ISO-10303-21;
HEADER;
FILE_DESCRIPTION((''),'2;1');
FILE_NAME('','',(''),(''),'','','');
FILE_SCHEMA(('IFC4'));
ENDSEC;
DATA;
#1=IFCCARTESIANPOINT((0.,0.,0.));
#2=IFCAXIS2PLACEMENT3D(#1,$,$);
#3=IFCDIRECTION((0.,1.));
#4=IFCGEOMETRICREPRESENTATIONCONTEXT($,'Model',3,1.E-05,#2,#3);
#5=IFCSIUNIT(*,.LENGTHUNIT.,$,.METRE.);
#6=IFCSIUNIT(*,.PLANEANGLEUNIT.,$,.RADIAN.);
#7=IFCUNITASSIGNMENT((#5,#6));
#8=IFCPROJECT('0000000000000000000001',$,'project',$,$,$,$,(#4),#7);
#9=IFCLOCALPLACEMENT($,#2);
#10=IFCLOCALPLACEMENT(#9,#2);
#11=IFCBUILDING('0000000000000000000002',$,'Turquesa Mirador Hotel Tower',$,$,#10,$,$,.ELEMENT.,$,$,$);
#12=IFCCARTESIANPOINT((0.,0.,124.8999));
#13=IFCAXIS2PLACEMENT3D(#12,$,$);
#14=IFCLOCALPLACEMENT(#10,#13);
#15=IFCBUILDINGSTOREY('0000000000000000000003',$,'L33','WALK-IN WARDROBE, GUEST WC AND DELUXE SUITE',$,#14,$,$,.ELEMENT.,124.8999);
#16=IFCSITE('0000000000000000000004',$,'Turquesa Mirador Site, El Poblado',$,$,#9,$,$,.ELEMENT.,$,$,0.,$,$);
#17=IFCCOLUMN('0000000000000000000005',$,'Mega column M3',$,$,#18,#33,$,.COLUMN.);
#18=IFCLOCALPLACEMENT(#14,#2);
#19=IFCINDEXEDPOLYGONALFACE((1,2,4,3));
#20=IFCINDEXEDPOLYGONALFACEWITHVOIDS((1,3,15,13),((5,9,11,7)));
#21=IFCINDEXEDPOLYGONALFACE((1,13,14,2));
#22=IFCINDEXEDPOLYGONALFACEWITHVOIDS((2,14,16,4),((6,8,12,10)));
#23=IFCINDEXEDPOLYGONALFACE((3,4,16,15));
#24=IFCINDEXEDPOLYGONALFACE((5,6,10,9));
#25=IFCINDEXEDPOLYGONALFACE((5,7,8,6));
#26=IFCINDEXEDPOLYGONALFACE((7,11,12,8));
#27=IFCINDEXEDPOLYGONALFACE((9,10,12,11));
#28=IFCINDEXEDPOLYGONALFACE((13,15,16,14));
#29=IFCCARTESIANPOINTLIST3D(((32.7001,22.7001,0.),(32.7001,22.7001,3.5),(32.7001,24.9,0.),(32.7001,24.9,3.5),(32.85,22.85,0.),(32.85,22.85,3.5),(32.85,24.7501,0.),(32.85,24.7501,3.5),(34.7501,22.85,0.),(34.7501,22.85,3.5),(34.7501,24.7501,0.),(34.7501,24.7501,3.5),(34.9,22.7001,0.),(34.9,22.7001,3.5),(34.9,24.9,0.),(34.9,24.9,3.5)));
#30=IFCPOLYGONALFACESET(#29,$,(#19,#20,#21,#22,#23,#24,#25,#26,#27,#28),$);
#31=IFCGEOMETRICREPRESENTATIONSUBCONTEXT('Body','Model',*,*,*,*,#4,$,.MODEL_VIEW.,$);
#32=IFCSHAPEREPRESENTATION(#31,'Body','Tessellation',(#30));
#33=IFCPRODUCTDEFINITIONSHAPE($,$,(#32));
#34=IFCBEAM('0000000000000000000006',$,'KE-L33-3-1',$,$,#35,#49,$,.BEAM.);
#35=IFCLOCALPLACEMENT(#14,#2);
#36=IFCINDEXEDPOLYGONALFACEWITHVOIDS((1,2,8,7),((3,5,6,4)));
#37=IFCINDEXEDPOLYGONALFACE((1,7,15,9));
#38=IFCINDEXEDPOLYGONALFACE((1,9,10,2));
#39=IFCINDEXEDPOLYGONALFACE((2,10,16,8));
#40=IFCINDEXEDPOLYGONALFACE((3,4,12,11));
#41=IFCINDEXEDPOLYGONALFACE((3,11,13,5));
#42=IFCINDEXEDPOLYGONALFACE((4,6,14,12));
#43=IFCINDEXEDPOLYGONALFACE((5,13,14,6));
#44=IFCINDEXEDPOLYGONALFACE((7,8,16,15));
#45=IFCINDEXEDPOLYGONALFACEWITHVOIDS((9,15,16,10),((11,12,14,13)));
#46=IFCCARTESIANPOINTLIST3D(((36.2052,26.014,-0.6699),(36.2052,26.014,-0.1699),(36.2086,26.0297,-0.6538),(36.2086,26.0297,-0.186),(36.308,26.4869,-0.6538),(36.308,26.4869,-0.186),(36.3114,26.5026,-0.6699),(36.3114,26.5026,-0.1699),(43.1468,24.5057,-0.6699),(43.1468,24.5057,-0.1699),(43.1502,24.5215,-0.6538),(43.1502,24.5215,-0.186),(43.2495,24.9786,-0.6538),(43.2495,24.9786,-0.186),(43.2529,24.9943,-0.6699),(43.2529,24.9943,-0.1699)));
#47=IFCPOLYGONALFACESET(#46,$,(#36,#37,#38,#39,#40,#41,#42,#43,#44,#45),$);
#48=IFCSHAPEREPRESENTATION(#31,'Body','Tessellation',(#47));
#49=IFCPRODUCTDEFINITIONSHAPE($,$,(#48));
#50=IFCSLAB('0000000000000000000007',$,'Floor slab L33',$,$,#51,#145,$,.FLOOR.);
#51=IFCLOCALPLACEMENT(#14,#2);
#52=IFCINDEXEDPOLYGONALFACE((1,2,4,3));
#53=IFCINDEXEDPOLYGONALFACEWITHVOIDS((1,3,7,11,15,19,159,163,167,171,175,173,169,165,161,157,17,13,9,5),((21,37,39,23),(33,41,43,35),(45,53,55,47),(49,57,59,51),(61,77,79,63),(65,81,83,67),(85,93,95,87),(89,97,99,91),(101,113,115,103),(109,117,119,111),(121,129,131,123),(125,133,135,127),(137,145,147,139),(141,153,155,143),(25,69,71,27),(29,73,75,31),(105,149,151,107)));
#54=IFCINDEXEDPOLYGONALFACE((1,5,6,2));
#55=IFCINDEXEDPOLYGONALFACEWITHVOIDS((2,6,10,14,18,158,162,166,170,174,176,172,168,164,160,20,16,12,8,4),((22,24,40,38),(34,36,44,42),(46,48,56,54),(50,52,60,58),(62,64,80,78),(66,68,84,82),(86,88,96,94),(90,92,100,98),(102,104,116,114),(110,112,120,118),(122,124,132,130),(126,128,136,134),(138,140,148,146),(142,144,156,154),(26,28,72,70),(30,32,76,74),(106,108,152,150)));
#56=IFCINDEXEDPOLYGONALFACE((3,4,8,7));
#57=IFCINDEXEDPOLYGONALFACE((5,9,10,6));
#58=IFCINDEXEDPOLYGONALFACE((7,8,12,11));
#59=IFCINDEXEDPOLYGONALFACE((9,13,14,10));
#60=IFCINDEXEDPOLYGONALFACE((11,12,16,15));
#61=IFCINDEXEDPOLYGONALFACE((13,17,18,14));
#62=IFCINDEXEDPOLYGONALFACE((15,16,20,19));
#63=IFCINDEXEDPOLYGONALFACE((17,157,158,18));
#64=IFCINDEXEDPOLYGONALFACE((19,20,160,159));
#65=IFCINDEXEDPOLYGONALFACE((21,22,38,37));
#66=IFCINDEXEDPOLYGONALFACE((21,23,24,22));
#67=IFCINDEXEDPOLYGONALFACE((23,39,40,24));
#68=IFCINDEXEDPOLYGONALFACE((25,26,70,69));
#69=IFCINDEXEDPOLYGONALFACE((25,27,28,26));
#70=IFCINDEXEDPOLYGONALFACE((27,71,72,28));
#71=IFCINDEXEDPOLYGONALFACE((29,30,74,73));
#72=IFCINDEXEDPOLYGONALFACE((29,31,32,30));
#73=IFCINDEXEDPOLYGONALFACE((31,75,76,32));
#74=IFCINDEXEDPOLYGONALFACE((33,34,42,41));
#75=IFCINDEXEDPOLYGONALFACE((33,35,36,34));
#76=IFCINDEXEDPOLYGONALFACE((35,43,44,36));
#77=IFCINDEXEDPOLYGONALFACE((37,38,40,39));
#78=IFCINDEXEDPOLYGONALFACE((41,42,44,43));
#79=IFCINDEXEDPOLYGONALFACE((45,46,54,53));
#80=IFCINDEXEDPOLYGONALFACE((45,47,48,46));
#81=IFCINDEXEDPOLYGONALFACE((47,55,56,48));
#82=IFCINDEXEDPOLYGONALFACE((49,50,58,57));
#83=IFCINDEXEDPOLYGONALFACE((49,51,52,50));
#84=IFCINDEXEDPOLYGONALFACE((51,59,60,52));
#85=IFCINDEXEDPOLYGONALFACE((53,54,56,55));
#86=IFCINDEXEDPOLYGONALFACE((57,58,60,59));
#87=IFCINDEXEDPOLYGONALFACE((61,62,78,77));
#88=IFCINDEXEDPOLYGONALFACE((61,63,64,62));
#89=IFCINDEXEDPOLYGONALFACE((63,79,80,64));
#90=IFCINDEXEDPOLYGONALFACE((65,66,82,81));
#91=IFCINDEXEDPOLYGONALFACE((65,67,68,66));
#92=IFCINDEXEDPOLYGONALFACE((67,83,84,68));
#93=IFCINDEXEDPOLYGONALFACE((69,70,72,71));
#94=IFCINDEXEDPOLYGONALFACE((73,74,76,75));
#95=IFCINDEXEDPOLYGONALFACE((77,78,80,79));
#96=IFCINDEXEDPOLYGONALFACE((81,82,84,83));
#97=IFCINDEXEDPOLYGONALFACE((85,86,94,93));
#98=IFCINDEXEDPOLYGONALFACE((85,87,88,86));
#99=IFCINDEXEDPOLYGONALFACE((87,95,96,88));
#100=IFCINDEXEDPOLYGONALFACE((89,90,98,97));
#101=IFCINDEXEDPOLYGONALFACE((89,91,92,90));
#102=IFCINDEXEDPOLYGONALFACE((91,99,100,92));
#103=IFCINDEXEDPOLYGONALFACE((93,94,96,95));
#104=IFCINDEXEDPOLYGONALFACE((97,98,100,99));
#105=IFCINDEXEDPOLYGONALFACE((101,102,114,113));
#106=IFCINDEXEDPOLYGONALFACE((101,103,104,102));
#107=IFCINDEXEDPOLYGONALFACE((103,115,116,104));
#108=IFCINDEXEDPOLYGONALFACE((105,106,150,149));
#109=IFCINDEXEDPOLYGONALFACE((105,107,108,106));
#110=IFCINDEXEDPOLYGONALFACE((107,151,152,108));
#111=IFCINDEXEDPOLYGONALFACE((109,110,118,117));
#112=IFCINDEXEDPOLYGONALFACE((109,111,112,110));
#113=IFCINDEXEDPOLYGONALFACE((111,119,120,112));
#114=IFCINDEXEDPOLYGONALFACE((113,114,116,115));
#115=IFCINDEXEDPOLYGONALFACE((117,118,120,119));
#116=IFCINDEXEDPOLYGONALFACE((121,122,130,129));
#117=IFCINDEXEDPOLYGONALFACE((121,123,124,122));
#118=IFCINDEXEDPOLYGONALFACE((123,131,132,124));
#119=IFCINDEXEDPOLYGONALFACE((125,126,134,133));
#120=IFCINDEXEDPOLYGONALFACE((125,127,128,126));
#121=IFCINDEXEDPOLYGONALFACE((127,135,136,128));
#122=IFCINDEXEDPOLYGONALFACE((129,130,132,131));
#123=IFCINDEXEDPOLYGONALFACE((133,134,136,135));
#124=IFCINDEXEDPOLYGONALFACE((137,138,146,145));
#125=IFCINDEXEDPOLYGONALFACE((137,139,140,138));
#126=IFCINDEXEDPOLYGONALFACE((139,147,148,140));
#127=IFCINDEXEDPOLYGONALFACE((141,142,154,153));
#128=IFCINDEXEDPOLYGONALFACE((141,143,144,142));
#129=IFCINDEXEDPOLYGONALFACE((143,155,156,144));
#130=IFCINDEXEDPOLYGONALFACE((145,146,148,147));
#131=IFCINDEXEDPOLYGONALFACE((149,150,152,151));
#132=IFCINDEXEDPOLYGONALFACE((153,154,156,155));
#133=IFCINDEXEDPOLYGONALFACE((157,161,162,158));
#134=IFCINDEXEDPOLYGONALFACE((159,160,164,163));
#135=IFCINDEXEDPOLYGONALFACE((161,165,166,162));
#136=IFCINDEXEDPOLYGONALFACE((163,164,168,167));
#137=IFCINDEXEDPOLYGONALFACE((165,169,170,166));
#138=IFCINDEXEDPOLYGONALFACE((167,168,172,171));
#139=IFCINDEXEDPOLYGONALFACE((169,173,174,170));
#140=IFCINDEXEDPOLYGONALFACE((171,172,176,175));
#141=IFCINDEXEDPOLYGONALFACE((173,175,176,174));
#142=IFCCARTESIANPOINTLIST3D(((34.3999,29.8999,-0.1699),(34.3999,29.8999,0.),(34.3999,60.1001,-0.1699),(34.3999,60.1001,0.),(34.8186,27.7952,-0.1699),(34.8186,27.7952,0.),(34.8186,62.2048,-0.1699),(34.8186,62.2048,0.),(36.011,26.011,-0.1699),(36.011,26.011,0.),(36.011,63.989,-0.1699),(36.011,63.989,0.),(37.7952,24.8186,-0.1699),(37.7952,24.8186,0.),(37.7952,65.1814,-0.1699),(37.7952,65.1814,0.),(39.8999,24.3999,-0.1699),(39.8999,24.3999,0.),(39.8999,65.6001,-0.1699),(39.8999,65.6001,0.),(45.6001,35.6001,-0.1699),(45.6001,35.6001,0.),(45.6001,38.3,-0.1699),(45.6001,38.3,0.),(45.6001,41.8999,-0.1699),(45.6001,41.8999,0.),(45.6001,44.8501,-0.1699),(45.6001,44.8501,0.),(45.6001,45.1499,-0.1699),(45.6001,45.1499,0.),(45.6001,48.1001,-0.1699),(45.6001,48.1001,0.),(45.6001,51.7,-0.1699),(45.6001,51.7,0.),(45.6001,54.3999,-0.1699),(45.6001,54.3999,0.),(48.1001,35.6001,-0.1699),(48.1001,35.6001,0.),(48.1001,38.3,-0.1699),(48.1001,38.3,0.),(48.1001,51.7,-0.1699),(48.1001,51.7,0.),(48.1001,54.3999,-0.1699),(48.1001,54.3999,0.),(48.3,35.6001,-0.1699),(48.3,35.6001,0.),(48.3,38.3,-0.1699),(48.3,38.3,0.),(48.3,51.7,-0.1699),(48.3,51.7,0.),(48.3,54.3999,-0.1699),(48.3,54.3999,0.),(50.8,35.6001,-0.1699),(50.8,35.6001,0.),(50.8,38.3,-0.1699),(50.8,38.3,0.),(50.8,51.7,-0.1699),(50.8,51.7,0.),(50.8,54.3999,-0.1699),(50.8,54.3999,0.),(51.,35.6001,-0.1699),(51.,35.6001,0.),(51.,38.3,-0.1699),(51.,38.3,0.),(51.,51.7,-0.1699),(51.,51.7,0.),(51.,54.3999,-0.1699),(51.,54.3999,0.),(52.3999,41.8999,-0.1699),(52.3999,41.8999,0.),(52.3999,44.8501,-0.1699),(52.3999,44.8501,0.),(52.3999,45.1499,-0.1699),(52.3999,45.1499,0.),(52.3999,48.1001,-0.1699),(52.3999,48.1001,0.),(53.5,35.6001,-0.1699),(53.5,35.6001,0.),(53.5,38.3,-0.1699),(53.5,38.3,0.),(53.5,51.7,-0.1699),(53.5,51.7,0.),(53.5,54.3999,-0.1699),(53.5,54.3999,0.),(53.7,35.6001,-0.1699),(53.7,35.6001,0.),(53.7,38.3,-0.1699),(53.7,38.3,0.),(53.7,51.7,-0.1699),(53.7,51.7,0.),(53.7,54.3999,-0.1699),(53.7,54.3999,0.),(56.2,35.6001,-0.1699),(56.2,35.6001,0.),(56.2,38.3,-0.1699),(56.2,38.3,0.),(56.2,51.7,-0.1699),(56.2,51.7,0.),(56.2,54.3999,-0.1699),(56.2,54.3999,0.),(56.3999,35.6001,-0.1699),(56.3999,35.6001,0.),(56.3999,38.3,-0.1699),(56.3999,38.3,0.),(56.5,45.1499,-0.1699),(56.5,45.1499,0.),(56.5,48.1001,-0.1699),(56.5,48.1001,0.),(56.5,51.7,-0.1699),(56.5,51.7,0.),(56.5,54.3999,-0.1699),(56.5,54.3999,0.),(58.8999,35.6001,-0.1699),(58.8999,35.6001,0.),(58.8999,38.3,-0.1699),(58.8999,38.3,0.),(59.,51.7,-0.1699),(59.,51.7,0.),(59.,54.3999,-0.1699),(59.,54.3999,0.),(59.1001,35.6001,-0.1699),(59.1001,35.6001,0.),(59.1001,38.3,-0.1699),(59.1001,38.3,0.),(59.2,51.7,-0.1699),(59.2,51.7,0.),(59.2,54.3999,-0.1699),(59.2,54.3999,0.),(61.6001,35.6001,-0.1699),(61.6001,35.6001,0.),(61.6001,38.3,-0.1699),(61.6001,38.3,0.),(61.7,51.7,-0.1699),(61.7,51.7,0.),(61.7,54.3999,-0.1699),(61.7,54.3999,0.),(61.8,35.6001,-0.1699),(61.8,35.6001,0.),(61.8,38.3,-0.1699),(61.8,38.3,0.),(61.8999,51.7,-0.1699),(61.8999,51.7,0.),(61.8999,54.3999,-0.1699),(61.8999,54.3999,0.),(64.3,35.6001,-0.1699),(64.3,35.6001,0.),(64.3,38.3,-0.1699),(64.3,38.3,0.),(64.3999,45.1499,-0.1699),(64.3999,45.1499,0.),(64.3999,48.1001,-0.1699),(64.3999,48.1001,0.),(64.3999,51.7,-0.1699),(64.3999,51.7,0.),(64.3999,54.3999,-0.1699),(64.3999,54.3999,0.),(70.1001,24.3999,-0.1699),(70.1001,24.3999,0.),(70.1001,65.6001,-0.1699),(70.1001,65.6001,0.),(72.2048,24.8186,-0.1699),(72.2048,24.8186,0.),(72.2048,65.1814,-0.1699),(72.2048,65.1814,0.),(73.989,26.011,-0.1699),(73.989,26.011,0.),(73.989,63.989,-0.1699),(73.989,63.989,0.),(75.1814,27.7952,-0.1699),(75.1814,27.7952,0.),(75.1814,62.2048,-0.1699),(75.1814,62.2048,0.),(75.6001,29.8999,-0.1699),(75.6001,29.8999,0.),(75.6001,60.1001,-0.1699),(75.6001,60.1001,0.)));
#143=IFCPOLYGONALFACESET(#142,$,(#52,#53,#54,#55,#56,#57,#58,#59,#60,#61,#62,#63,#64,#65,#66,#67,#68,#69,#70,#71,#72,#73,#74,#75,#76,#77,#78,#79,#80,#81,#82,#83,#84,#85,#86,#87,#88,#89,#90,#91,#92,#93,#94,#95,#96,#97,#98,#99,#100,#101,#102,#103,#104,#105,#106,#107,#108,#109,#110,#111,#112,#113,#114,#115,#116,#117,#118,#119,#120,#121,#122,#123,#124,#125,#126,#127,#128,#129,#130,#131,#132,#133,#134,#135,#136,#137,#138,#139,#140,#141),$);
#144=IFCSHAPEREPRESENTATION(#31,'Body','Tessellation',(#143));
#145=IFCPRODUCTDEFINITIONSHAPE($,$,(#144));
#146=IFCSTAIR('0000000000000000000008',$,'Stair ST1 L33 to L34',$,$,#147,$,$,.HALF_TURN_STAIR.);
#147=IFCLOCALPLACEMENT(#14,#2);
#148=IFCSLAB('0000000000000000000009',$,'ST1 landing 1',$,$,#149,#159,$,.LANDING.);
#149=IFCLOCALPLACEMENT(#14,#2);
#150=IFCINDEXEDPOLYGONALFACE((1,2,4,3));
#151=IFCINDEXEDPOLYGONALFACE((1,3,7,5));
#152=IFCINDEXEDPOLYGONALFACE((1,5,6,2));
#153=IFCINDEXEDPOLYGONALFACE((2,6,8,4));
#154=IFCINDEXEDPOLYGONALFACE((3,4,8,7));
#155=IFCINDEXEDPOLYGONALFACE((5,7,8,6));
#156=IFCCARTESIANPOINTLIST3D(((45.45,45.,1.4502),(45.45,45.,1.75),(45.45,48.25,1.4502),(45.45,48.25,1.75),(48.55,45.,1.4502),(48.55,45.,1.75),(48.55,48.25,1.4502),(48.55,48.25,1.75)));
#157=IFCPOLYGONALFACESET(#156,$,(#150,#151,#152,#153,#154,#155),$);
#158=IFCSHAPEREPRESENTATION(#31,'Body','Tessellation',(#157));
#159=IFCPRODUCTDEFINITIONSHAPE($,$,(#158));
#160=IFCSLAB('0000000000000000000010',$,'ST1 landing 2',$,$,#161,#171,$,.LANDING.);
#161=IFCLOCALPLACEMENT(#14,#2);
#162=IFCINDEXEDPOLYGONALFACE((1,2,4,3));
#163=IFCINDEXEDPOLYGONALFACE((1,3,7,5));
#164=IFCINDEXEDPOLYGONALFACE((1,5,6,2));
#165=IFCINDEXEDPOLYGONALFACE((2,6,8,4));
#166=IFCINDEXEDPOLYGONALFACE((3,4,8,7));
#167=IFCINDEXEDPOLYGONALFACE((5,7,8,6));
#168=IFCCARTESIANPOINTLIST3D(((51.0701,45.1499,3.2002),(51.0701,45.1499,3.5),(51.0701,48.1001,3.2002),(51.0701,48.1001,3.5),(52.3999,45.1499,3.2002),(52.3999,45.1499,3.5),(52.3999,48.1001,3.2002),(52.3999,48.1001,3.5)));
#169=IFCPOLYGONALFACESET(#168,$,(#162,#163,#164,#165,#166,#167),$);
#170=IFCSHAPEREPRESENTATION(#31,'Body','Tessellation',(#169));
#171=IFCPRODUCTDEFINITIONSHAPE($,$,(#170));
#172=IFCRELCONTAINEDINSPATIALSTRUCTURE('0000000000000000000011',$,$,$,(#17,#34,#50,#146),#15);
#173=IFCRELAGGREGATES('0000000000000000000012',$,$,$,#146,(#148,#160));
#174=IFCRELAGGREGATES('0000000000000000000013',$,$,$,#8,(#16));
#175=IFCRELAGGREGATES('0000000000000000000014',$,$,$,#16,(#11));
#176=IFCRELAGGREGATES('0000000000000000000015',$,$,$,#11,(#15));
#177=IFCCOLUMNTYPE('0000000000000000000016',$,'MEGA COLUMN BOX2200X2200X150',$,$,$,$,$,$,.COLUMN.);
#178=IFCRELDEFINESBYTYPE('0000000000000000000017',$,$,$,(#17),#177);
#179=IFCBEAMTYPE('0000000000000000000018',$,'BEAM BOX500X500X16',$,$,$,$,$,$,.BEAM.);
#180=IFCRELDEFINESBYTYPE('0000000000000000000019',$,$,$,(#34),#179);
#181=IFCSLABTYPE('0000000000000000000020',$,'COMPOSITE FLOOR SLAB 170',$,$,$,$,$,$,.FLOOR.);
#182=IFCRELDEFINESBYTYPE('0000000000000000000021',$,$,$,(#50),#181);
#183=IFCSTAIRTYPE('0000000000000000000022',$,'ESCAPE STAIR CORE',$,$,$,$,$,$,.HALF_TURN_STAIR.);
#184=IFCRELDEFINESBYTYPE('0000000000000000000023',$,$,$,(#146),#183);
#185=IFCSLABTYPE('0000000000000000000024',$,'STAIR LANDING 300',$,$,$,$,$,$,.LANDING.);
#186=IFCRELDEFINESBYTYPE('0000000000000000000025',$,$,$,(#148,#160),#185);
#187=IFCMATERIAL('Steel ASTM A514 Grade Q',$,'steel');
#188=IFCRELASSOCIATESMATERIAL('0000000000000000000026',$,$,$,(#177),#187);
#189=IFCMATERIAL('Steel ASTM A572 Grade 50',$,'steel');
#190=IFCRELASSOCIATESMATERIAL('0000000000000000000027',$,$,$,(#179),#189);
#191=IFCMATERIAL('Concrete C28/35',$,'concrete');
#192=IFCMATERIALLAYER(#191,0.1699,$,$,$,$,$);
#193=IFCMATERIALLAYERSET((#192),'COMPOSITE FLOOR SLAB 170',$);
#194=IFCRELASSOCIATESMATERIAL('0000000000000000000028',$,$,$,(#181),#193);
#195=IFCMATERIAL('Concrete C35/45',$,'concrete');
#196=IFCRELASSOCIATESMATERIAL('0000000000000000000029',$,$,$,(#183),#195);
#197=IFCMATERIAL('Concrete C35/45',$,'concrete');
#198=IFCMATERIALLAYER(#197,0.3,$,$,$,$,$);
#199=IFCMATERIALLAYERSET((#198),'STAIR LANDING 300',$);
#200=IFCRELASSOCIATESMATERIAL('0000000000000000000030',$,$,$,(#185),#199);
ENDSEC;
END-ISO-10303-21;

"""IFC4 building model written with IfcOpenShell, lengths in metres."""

from ifc_helpers import new_model, si_unit, direction, frame, origin, origin_2d, place, context, subcontext, project, spatial, polyline, hollow_rectangle, outline, extrude, material, layer, layer_set, material_profile, profile_set, type_object, element, aggregate, save


model = new_model("IFC4")

# Units and contexts
model_context = context("Model", 3, precision=1e-05, world=origin(), true_north=direction((0.0, 1.0)))
body_context = subcontext(model_context, "Body", "Model", "MODEL_VIEW")
ifc_project = project(units=[si_unit("LENGTHUNIT", "METRE"), si_unit("PLANEANGLEUNIT", "RADIAN")], contexts=[model_context])

# Site, building, storey
site_placement = place(None, origin())
site = spatial("IfcSite", under=ifc_project, at=site_placement, Name="Turquesa Mirador Site, El Poblado", CompositionType="ELEMENT", RefElevation=0.0)
building_placement = place(site_placement, origin())
building = spatial("IfcBuilding", under=site, at=building_placement, Name="Turquesa Mirador Hotel Tower", CompositionType="ELEMENT")
storey_placement = place(building_placement, frame((0.0, 0.0, 124.8999)))
storey = spatial("IfcBuildingStorey", under=building, at=storey_placement, Name="L33", Description="WALK-IN WARDROBE, GUEST WC AND DELUXE SUITE", CompositionType="ELEMENT", Elevation=124.8999)

# Column
ifc_material_1 = material(Name="Steel ASTM A514 Grade Q", Category="steel")
ifc_material_profile_1 = material_profile(ifc_material_1, hollow_rectangle(XDim=2.2, YDim=2.2, WallThickness=0.1499, at=origin_2d()), Name="BOX2200X2200X150")
ifc_profile_set_1 = profile_set([ifc_material_profile_1], Name="Steel ASTM A514 Grade Q")
column_type = type_object("IfcColumnType", Name="MEGA COLUMN BOX2200X2200X150", PredefinedType="COLUMN", material=ifc_profile_set_1)
column_placement = place(storey_placement, frame((33.8, 23.8, 0.0), z_axis=(0.0, 0.0, 1.0), x_axis=(1.0, 0.0, 0.0)))
element("IfcColumn", 1, at=column_placement, inside=storey, type_object=column_type, Name="Mega column M3", PredefinedType="COLUMN", context=body_context, shape_type="SweptSolid", body=[
    extrude(hollow_rectangle(XDim=2.2, YDim=2.2, WallThickness=0.1499, at=origin_2d()), origin(), (0.0, 0.0, 1.0), 3.5),
])

# Beam
ifc_material_2 = material(Name="Steel ASTM A572 Grade 50", Category="steel")
ifc_material_profile_2 = material_profile(ifc_material_2, hollow_rectangle(XDim=0.5, YDim=0.5, WallThickness=0.0161, at=origin_2d()), Name="BOX500X500X16")
ifc_profile_set_2 = profile_set([ifc_material_profile_2], Name="Steel ASTM A572 Grade 50")
beam_type = type_object("IfcBeamType", Name="BEAM BOX500X500X16", PredefinedType="BEAM", material=ifc_profile_set_2)
beam_placement = place(storey_placement, frame((36.2583, 26.2583, -0.4199), z_axis=(0.977198, -0.212328, 0.0), x_axis=(0.212328, 0.977198, 0.0)))
element("IfcBeam", 2, at=beam_placement, inside=storey, type_object=beam_type, Name="KE-L33-3-1", PredefinedType="BEAM", context=body_context, shape_type="SweptSolid", body=[
    extrude(hollow_rectangle(XDim=0.5, YDim=0.5, WallThickness=0.0161, at=origin_2d()), origin(), (0.0, 0.0, 1.0), 7.1035),
])

# Slab
ifc_material_3 = material(Name="Concrete C28/35", Category="concrete")
ifc_layer_1 = layer(ifc_material_3, 0.1699)
ifc_layer_set_1 = layer_set([ifc_layer_1], Name="COMPOSITE FLOOR SLAB 170")
slab_type_1 = type_object("IfcSlabType", Name="COMPOSITE FLOOR SLAB 170", PredefinedType="FLOOR", material=ifc_layer_set_1)
slab_1_placement = place(storey_placement, frame((0.0, 0.0, -0.1699)))
element("IfcSlab", 3, at=slab_1_placement, inside=storey, type_object=slab_type_1, Name="Floor slab L33", PredefinedType="FLOOR", context=body_context, shape_type="SweptSolid", body=[
    extrude(outline(polyline([(70.1001, 24.3999), (72.2048, 24.8186), (73.989, 26.011), (75.1814, 27.7952), (75.6001, 29.8999), (75.6001, 60.1001), (75.1814, 62.2048), (73.989, 63.989), (72.2048, 65.1814), (70.1001, 65.6001), (39.8999, 65.6001), (37.7952, 65.1814), (36.011, 63.989), (34.8186, 62.2048), (34.3999, 60.1001), (34.3999, 29.8999), (34.8186, 27.7952), (36.011, 26.011), (37.7952, 24.8186), (39.8999, 24.3999), (70.1001, 24.3999)]), holes=[polyline([(45.6001, 51.7), (48.1001, 51.7), (48.1001, 54.3999), (45.6001, 54.3999), (45.6001, 51.7)]), polyline([(48.3, 51.7), (50.8, 51.7), (50.8, 54.3999), (48.3, 54.3999), (48.3, 51.7)]), polyline([(51.0, 51.7), (53.5, 51.7), (53.5, 54.3999), (51.0, 54.3999), (51.0, 51.7)]), polyline([(53.7, 51.7), (56.2, 51.7), (56.2, 54.3999), (53.7, 54.3999), (53.7, 51.7)]), polyline([(56.5, 51.7), (59.0, 51.7), (59.0, 54.3999), (56.5, 54.3999), (56.5, 51.7)]), polyline([(59.2, 51.7), (61.7, 51.7), (61.7, 54.3999), (59.2, 54.3999), (59.2, 51.7)]), polyline([(45.6001, 35.6001), (48.1001, 35.6001), (48.1001, 38.3), (45.6001, 38.3), (45.6001, 35.6001)]), polyline([(48.3, 35.6001), (50.8, 35.6001), (50.8, 38.3), (48.3, 38.3), (48.3, 35.6001)]), polyline([(51.0, 35.6001), (53.5, 35.6001), (53.5, 38.3), (51.0, 38.3), (51.0, 35.6001)]), polyline([(53.7, 35.6001), (56.2, 35.6001), (56.2, 38.3), (53.7, 38.3), (53.7, 35.6001)]), polyline([(56.3999, 35.6001), (58.8999, 35.6001), (58.8999, 38.3), (56.3999, 38.3), (56.3999, 35.6001)]), polyline([(59.1001, 35.6001), (61.6001, 35.6001), (61.6001, 38.3), (59.1001, 38.3), (59.1001, 35.6001)]), polyline([(61.8, 35.6001), (64.3, 35.6001), (64.3, 38.3), (61.8, 38.3), (61.8, 35.6001)]), polyline([(45.6001, 45.1499), (52.3999, 45.1499), (52.3999, 48.1001), (45.6001, 48.1001), (45.6001, 45.1499)]), polyline([(45.6001, 41.8999), (52.3999, 41.8999), (52.3999, 44.8501), (45.6001, 44.8501), (45.6001, 41.8999)]), polyline([(56.5, 45.1499), (64.3999, 45.1499), (64.3999, 48.1001), (56.5, 48.1001), (56.5, 45.1499)]), polyline([(61.8999, 51.7), (64.3999, 51.7), (64.3999, 54.3999), (61.8999, 54.3999), (61.8999, 51.7)])]), origin(), (0.0, 0.0, 1.0), 0.1699),
])

# Stair, slabs
ifc_material_4 = material(Name="Concrete C35/45", Category="concrete")
stair_type = type_object("IfcStairType", Name="ESCAPE STAIR CORE", PredefinedType="HALF_TURN_STAIR", material=ifc_material_4)
stair_1_placement = place(storey_placement, origin())
stair_1 = element("IfcStair", 4, at=stair_1_placement, inside=storey, type_object=stair_type, Name="Stair ST1 L33 to L34", PredefinedType="HALF_TURN_STAIR")
ifc_material_5 = material(Name="Concrete C35/45", Category="concrete")
ifc_layer_2 = layer(ifc_material_5, 0.3)
ifc_layer_set_2 = layer_set([ifc_layer_2], Name="STAIR LANDING 300")
slab_type_2 = type_object("IfcSlabType", Name="STAIR LANDING 300", PredefinedType="LANDING", material=ifc_layer_set_2)
slab_2_placement = place(storey_placement, frame((0.0, 0.0, 1.4502)))
slab_2 = element("IfcSlab", 5, at=slab_2_placement, type_object=slab_type_2, Name="ST1 landing 1", PredefinedType="LANDING", context=body_context, shape_type="SweptSolid", body=[
    extrude(outline(polyline([(45.45, 45.0), (48.55, 45.0), (48.55, 48.25), (45.45, 48.25), (45.45, 45.0)])), origin(), (0.0, 0.0, 1.0), 0.2998),
])
slab_3_placement = place(storey_placement, frame((0.0, 0.0, 3.2002)))
slab_3 = element("IfcSlab", 6, at=slab_3_placement, type_object=slab_type_2, Name="ST1 landing 2", PredefinedType="LANDING", context=body_context, shape_type="SweptSolid", body=[
    extrude(outline(polyline([(51.0701, 45.1499), (52.3999, 45.1499), (52.3999, 48.1001), (51.0701, 48.1001), (51.0701, 45.1499)])), origin(), (0.0, 0.0, 1.0), 0.2998),
])
aggregate(stair_1, [slab_2, slab_3])

save(model, "model.ifc")
